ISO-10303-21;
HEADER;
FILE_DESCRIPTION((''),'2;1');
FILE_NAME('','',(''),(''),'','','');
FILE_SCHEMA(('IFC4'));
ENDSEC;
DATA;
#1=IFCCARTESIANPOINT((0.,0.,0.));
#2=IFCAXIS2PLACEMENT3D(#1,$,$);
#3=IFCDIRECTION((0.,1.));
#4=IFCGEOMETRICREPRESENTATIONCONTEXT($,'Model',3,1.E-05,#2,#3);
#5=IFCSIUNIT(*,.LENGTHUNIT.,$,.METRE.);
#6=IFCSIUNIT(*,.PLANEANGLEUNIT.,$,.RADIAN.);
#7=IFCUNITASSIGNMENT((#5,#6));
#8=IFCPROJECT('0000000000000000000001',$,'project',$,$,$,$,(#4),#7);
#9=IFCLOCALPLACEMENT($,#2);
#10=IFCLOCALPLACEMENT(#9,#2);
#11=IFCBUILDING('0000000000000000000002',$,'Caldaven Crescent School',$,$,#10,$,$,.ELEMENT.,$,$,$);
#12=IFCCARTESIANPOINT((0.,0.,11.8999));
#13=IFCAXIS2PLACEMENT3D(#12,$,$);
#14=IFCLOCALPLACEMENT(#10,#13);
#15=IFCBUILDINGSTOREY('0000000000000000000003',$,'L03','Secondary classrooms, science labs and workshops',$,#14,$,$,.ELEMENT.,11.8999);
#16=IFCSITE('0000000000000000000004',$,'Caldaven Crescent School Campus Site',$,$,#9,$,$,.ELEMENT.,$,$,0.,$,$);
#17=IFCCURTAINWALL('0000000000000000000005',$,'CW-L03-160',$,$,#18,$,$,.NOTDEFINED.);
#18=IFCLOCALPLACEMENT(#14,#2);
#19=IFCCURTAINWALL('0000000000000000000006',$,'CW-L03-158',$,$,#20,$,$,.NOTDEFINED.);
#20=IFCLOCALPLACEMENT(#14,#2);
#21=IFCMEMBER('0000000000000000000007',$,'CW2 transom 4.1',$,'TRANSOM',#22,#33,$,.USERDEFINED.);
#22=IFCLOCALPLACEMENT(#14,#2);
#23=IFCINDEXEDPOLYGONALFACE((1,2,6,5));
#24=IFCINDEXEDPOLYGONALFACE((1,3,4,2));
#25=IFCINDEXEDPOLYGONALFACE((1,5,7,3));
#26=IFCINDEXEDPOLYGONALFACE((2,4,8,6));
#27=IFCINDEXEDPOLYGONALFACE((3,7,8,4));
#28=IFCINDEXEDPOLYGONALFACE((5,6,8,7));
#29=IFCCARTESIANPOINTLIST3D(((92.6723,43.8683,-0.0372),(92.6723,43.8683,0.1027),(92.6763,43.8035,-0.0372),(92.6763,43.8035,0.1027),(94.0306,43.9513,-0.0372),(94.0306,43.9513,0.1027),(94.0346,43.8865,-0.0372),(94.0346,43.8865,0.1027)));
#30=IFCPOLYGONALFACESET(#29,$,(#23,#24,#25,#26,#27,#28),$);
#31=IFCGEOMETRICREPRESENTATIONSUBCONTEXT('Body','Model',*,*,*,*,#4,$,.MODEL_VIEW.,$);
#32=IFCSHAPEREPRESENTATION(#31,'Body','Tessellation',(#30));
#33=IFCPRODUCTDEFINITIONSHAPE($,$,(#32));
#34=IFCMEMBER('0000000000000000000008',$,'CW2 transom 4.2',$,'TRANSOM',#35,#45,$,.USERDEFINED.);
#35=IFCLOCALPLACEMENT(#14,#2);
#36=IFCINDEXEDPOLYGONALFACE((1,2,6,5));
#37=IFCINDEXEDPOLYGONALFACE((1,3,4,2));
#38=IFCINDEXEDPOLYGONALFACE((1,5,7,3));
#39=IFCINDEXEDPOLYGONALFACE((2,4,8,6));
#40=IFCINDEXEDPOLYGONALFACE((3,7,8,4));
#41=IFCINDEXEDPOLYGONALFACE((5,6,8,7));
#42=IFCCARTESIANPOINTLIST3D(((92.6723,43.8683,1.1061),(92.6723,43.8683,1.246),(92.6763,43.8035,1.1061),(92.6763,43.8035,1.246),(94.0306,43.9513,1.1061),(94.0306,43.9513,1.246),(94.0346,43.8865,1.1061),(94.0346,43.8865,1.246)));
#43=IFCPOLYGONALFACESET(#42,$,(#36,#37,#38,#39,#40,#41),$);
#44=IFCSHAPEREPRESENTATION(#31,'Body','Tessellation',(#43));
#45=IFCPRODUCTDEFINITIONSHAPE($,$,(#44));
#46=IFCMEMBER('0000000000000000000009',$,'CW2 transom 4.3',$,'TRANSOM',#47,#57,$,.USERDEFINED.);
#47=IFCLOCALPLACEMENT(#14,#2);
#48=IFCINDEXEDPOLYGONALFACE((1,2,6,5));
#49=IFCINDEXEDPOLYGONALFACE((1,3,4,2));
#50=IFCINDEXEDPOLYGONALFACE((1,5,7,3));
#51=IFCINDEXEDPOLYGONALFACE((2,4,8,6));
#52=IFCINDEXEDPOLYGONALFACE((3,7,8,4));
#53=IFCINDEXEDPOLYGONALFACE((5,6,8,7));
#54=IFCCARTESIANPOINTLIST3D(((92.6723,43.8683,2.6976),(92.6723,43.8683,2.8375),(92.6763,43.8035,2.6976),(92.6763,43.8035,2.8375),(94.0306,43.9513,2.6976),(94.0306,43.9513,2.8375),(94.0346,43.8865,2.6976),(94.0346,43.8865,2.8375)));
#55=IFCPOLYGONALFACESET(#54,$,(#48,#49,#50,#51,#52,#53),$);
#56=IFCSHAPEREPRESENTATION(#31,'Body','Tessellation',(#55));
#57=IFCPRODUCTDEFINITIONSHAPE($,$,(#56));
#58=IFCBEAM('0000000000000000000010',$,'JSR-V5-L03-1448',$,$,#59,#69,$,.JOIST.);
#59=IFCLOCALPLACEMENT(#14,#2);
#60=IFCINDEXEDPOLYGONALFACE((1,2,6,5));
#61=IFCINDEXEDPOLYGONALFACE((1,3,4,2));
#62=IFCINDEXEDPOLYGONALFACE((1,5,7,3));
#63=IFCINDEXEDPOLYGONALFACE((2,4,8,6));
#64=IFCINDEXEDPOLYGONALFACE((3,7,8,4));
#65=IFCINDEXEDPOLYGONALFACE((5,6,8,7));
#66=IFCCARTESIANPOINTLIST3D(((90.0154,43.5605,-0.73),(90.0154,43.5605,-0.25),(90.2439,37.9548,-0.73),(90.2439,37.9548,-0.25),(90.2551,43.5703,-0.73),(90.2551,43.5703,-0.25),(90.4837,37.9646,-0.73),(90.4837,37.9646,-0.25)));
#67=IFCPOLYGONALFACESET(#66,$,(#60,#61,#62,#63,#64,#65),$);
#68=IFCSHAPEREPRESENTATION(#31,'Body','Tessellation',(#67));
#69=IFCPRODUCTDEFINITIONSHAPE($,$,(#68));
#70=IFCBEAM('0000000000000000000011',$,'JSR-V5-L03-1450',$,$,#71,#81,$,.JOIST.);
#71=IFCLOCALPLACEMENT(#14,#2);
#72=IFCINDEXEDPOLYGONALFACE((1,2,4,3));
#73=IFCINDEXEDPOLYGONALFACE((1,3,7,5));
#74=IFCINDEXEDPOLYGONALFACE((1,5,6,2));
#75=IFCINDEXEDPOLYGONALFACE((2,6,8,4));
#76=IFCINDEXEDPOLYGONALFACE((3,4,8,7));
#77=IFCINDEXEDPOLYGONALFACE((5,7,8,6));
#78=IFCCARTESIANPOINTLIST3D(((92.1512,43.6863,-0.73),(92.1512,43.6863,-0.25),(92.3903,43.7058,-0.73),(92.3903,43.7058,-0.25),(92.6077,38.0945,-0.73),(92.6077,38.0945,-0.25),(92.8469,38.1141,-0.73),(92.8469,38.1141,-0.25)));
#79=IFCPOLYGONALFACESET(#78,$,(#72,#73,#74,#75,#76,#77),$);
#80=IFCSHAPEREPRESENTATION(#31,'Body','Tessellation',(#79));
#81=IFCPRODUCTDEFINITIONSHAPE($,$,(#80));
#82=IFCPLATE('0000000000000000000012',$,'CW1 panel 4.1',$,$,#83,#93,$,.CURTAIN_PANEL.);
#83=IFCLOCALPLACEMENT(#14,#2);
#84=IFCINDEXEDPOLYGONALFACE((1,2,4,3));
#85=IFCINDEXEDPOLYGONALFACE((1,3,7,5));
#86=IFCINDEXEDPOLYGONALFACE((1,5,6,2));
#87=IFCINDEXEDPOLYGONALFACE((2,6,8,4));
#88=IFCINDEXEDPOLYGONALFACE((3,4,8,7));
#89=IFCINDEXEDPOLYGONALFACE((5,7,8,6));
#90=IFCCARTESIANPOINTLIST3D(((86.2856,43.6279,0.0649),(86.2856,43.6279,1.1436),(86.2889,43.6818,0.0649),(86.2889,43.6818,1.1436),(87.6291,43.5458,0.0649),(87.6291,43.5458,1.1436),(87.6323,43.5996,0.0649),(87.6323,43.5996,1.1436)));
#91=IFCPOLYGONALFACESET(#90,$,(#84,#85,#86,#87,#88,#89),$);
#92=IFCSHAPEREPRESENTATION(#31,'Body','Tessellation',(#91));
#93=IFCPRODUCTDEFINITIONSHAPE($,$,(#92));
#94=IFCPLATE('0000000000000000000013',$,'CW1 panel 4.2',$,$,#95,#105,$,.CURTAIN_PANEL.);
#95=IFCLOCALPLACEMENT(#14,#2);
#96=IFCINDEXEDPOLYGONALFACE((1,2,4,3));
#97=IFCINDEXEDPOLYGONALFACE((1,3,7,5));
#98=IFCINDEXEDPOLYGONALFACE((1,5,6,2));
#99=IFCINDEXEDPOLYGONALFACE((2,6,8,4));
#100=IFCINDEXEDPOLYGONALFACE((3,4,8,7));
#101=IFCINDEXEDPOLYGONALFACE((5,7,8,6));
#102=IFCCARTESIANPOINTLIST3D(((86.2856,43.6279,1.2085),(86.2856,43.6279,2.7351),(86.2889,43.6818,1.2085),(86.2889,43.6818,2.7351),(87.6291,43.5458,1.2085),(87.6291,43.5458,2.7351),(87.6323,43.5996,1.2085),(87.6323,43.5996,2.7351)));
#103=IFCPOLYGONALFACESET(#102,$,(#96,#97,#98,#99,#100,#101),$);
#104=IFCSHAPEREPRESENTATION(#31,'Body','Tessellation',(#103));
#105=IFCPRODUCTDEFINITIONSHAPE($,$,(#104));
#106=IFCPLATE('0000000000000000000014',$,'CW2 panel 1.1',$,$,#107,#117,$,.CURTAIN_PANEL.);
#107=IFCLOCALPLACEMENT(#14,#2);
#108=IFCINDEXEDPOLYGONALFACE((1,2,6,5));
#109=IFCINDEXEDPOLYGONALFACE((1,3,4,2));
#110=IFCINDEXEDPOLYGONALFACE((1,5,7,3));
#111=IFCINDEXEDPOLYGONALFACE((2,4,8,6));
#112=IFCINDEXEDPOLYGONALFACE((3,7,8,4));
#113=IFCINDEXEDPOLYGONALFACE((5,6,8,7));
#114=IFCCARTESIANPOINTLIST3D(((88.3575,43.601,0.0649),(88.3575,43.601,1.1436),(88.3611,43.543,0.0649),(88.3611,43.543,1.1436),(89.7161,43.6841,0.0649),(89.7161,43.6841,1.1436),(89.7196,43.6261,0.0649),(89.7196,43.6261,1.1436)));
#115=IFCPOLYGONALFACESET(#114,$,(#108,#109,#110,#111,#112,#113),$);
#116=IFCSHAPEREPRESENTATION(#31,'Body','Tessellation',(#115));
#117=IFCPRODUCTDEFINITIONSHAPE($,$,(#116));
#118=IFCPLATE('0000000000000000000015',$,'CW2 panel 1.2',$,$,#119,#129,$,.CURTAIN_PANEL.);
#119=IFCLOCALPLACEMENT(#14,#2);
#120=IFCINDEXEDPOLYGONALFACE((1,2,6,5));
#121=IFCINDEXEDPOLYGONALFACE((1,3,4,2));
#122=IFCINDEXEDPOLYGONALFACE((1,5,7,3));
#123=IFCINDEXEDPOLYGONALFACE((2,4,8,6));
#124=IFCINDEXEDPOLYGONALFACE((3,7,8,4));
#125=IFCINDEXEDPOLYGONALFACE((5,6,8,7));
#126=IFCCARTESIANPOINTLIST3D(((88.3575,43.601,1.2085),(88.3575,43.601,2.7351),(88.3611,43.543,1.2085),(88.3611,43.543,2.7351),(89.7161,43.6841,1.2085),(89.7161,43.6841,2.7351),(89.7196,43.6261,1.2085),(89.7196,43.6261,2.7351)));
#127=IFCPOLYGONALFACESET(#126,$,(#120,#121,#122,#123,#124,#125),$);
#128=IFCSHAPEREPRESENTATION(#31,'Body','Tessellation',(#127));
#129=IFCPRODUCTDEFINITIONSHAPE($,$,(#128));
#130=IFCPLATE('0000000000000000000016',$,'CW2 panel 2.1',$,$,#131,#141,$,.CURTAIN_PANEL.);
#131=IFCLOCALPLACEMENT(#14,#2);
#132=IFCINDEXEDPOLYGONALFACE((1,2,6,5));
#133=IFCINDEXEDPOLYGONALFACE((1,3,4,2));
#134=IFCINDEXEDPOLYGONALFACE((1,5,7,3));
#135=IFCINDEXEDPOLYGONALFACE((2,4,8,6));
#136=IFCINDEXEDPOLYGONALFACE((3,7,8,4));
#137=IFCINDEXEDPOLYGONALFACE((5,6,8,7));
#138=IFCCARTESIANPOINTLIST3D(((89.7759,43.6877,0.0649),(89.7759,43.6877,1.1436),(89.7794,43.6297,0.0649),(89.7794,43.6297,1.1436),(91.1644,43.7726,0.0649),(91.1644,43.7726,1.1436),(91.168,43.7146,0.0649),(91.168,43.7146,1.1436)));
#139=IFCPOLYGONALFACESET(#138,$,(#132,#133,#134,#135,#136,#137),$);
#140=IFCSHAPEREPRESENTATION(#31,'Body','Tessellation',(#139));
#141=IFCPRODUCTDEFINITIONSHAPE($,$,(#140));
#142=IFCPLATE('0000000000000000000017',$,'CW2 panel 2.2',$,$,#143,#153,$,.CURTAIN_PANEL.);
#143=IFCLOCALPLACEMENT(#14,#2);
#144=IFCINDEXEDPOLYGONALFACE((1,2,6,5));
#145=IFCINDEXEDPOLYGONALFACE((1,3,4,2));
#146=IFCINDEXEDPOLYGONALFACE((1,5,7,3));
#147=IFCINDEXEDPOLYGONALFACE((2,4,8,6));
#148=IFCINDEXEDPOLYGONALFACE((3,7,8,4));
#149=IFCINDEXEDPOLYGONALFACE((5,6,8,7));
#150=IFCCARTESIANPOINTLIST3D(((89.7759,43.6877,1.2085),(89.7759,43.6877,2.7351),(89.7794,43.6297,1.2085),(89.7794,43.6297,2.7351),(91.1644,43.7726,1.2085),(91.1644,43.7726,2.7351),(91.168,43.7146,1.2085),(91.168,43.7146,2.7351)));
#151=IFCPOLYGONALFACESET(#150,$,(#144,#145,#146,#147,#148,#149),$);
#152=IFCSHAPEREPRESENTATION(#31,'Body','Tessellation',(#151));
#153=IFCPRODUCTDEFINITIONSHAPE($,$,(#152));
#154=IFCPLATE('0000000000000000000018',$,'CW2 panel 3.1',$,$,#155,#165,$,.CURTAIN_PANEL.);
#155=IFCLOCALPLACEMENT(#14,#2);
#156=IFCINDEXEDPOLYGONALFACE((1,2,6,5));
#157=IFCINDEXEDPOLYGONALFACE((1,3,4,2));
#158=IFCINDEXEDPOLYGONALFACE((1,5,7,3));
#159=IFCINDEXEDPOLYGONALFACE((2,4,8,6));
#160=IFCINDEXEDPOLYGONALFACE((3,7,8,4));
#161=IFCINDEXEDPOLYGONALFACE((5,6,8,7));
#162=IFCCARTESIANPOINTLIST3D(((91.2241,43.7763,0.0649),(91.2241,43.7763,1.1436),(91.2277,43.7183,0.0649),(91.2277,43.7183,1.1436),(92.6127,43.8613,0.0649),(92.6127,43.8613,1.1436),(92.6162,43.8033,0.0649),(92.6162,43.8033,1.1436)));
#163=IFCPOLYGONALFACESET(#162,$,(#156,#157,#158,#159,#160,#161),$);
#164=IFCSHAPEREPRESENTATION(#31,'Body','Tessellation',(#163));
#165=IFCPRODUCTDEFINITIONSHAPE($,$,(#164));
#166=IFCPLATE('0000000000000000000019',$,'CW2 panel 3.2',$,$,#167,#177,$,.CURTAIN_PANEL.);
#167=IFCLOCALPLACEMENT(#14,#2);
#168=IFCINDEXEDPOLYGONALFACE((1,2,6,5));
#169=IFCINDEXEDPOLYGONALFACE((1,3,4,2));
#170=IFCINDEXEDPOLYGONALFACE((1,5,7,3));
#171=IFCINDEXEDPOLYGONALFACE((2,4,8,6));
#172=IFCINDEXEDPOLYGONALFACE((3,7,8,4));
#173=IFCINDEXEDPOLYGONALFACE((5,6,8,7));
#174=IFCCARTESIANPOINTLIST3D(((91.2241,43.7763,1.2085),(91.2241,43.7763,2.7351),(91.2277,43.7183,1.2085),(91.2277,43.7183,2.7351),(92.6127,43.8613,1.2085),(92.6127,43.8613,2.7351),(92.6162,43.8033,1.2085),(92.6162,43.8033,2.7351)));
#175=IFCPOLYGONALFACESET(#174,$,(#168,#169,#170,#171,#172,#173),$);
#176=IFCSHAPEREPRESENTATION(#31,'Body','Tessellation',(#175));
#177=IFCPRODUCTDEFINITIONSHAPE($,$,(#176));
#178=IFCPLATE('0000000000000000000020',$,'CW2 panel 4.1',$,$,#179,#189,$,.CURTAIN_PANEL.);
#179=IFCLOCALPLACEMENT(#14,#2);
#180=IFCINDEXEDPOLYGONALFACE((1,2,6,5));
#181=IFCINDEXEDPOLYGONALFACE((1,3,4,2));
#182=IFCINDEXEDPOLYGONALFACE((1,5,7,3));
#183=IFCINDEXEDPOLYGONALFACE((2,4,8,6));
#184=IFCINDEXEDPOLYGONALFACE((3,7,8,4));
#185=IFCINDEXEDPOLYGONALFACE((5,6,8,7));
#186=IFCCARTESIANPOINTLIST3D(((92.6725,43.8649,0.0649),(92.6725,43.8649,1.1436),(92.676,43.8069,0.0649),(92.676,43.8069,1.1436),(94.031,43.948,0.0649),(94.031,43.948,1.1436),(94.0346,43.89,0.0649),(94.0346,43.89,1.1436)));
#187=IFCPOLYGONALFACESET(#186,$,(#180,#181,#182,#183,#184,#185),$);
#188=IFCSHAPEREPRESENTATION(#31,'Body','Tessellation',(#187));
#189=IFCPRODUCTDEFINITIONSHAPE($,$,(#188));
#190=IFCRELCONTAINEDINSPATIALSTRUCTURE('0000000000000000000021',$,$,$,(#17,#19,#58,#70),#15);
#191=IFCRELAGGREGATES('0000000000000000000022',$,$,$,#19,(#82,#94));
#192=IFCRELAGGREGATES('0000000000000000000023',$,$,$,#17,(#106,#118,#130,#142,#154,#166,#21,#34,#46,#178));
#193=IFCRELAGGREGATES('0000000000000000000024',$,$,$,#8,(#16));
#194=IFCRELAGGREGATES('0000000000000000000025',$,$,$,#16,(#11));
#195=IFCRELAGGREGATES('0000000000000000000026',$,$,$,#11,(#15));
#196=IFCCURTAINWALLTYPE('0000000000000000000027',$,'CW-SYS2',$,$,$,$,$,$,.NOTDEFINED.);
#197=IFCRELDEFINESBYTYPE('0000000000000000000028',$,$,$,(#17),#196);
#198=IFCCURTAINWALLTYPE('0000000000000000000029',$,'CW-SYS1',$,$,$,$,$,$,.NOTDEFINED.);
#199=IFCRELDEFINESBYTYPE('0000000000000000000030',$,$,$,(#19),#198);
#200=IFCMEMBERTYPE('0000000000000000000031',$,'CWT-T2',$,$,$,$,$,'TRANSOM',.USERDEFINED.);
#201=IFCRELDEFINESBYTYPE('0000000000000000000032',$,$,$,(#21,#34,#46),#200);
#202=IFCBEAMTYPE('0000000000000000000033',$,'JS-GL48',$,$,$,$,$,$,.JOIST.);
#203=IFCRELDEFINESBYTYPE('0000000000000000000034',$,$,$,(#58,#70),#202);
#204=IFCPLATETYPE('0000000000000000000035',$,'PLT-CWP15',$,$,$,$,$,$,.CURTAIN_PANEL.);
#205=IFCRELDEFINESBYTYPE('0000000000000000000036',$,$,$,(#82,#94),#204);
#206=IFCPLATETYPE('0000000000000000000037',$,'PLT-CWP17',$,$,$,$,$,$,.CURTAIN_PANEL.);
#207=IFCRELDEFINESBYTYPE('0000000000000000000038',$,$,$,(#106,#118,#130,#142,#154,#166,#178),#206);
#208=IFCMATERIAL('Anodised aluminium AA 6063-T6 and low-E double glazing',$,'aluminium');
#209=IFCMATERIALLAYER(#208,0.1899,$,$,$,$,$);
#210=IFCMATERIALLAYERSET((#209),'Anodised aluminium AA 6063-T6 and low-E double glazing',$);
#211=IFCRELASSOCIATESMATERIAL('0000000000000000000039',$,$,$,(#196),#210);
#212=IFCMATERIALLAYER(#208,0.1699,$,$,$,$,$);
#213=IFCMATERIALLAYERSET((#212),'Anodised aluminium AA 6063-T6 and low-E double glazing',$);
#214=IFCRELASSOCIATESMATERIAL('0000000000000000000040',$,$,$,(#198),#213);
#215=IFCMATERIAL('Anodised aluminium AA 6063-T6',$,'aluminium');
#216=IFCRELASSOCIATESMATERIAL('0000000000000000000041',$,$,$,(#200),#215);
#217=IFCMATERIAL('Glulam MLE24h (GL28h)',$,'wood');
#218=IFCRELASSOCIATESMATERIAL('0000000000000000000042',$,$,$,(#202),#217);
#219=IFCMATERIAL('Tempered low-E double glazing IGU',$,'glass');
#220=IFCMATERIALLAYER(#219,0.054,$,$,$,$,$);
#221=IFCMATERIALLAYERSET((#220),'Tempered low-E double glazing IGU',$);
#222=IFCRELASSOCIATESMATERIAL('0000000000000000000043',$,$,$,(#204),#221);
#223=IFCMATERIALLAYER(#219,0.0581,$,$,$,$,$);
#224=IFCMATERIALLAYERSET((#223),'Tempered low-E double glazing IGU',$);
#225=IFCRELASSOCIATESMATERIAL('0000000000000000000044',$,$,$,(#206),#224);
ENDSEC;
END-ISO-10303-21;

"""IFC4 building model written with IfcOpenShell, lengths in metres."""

from ifc_helpers import new_model, si_unit, direction, frame, origin, origin_2d, place, context, subcontext, project, spatial, rectangle, extrude, material, layer, layer_set, material_profile, profile_set, type_object, element, aggregate, save


model = new_model("IFC4")

# Units and contexts
model_context = context("Model", 3, precision=1e-05, world=origin(), true_north=direction((0.0, 1.0)))
body_context = subcontext(model_context, "Body", "Model", "MODEL_VIEW")
ifc_project = project(units=[si_unit("LENGTHUNIT", "METRE"), si_unit("PLANEANGLEUNIT", "RADIAN")], contexts=[model_context])

# Site, building, storey
site_placement = place(None, origin())
site = spatial("IfcSite", under=ifc_project, at=site_placement, Name="Caldaven Crescent School Campus Site", CompositionType="ELEMENT", RefElevation=0.0)
building_placement = place(site_placement, origin())
building = spatial("IfcBuilding", under=site, at=building_placement, Name="Caldaven Crescent School", CompositionType="ELEMENT")
storey_placement = place(building_placement, frame((0.0, 0.0, 11.8999)))
storey = spatial("IfcBuildingStorey", under=building, at=storey_placement, Name="L03", Description="Secondary classrooms, science labs and workshops", CompositionType="ELEMENT", Elevation=11.8999)

# Curtain wall
ifc_material_1 = material(Name="Anodised aluminium AA 6063-T6 and low-E double glazing", Category="aluminium")
ifc_layer_1 = layer(ifc_material_1, 0.1899)
ifc_layer_set_1 = layer_set([ifc_layer_1], Name="Anodised aluminium AA 6063-T6 and low-E double glazing")
curtain_wall_type_1 = type_object("IfcCurtainWallType", Name="CW-SYS2", PredefinedType="NOTDEFINED", material=ifc_layer_set_1)
curtain_wall_1_placement = place(storey_placement, origin())
curtain_wall_1 = element("IfcCurtainWall", 1, at=curtain_wall_1_placement, inside=storey, type_object=curtain_wall_type_1, Name="CW-L03-160", PredefinedType="NOTDEFINED")
ifc_material_2 = material(Name="Anodised aluminium AA 6063-T6", Category="aluminium")

# Curtain wall
ifc_layer_2 = layer(ifc_material_1, 0.1699)
ifc_layer_set_2 = layer_set([ifc_layer_2], Name="Anodised aluminium AA 6063-T6 and low-E double glazing")
curtain_wall_type_2 = type_object("IfcCurtainWallType", Name="CW-SYS1", PredefinedType="NOTDEFINED", material=ifc_layer_set_2)
curtain_wall_2_placement = place(storey_placement, origin())
curtain_wall_2 = element("IfcCurtainWall", 2, at=curtain_wall_2_placement, inside=storey, type_object=curtain_wall_type_2, Name="CW-L03-158", PredefinedType="NOTDEFINED")

# Members
ifc_material_profile_1 = material_profile(ifc_material_2, rectangle(XDim=0.0649, YDim=0.1399, at=origin_2d()), Name="CWT 65x140")
ifc_profile_set_1 = profile_set([ifc_material_profile_1], Name="Anodised aluminium AA 6063-T6")
member_type_1 = type_object("IfcMemberType", Name="CWT-T2", ElementType="TRANSOM", PredefinedType="USERDEFINED", material=ifc_profile_set_1)
member_1_placement = place(storey_placement, frame((92.6743, 43.8359, 0.0327), z_axis=(0.998138, 0.060993, 0.0), x_axis=(-0.060993, 0.998138, 0.0)))
member_1 = element("IfcMember", 3, at=member_1_placement, type_object=member_type_1, Name="CW2 transom 4.1", ObjectType="TRANSOM", PredefinedType="USERDEFINED", context=body_context, shape_type="SweptSolid", body=[
    extrude(rectangle(XDim=0.0649, YDim=0.1399, at=origin_2d()), origin(), (0.0, 0.0, 1.0), 1.3608),
])
member_2_placement = place(storey_placement, frame((92.6743, 43.8359, 1.176), z_axis=(0.998138, 0.060993, 0.0), x_axis=(-0.060993, 0.998138, 0.0)))
member_2 = element("IfcMember", 4, at=member_2_placement, type_object=member_type_1, Name="CW2 transom 4.2", ObjectType="TRANSOM", PredefinedType="USERDEFINED", context=body_context, shape_type="SweptSolid", body=[
    extrude(rectangle(XDim=0.0649, YDim=0.1399, at=origin_2d()), origin(), (0.0, 0.0, 1.0), 1.3608),
])
member_3_placement = place(storey_placement, frame((92.6743, 43.8359, 2.7676), z_axis=(0.998138, 0.060993, 0.0), x_axis=(-0.060993, 0.998138, 0.0)))
member_3 = element("IfcMember", 5, at=member_3_placement, type_object=member_type_1, Name="CW2 transom 4.3", ObjectType="TRANSOM", PredefinedType="USERDEFINED", context=body_context, shape_type="SweptSolid", body=[
    extrude(rectangle(XDim=0.0649, YDim=0.1399, at=origin_2d()), origin(), (0.0, 0.0, 1.0), 1.3608),
])

# Beams
ifc_material_3 = material(Name="Glulam MLE24h (GL28h)", Category="wood")
ifc_material_profile_2 = material_profile(ifc_material_3, rectangle(XDim=0.24, YDim=0.48, at=origin_2d()), Name="MLE 240x480")
ifc_profile_set_2 = profile_set([ifc_material_profile_2], Name="Glulam MLE24h (GL28h)")
beam_type = type_object("IfcBeamType", Name="JS-GL48", PredefinedType="JOIST", material=ifc_profile_set_2)
for number, where, z_axis, x_axis, name in (
    (6, (90.1353, 43.5654, -0.49), (0.040731, -0.99917, 0.0), (0.99917, 0.040731, 0.0), "JSR-V5-L03-1448"),
    (7, (92.2708, 43.696, -0.49), (0.081374, -0.996684, 0.0), (0.996684, 0.081374, 0.0), "JSR-V5-L03-1450"),
):
    element("IfcBeam", number, at=place(storey_placement, frame(where, z_axis=z_axis, x_axis=x_axis)), inside=storey, type_object=beam_type, Name=name, PredefinedType="JOIST", context=body_context, shape_type="SweptSolid", body=[
        extrude(rectangle(XDim=0.24, YDim=0.48, at=origin_2d()), origin(), (0.0, 0.0, 1.0), 5.6104),
    ])

# Plates
ifc_material_4 = material(Name="Tempered low-E double glazing IGU", Category="glass")
ifc_layer_3 = layer(ifc_material_4, 0.054)
ifc_layer_set_3 = layer_set([ifc_layer_3], Name="Tempered low-E double glazing IGU")
plate_type_1 = type_object("IfcPlateType", Name="PLT-CWP15", PredefinedType="CURTAIN_PANEL", material=ifc_layer_set_3)
plate_1_placement = place(storey_placement, frame((86.959, 43.6138, 0.0649), z_axis=(0.0, 0.0, 1.0), x_axis=(0.998135, -0.061049, 0.0)))
plate_1 = element("IfcPlate", 8, at=plate_1_placement, type_object=plate_type_1, Name="CW1 panel 4.1", PredefinedType="CURTAIN_PANEL", context=body_context, shape_type="SweptSolid", body=[
    extrude(rectangle(XDim=1.3459, YDim=0.054, at=origin_2d()), origin(), (0.0, 0.0, 1.0), 1.0786),
])
plate_2_placement = place(storey_placement, frame((86.959, 43.6138, 1.2085), z_axis=(0.0, 0.0, 1.0), x_axis=(0.998135, -0.061049, 0.0)))
plate_2 = element("IfcPlate", 9, at=plate_2_placement, type_object=plate_type_1, Name="CW1 panel 4.2", PredefinedType="CURTAIN_PANEL", context=body_context, shape_type="SweptSolid", body=[
    extrude(rectangle(XDim=1.3459, YDim=0.054, at=origin_2d()), origin(), (0.0, 0.0, 1.0), 1.5266),
])
aggregate(curtain_wall_2, [plate_1, plate_2])
ifc_layer_4 = layer(ifc_material_4, 0.0581)
ifc_layer_set_4 = layer_set([ifc_layer_4], Name="Tempered low-E double glazing IGU")
plate_type_2 = type_object("IfcPlateType", Name="PLT-CWP17", PredefinedType="CURTAIN_PANEL", material=ifc_layer_set_4)
plate_3_placement = place(storey_placement, frame((89.0386, 43.6135, 0.0649), z_axis=(0.0, 0.0, 1.0), x_axis=(0.998135, 0.061049, 0.0)))
plate_3 = element("IfcPlate", 10, at=plate_3_placement, type_object=plate_type_2, Name="CW2 panel 1.1", PredefinedType="CURTAIN_PANEL", context=body_context, shape_type="SweptSolid", body=[
    extrude(rectangle(XDim=1.3611, YDim=0.0581, at=origin_2d()), origin(), (0.0, 0.0, 1.0), 1.0786),
])
plate_4_placement = place(storey_placement, frame((89.0386, 43.6135, 1.2085), z_axis=(0.0, 0.0, 1.0), x_axis=(0.998135, 0.061049, 0.0)))
plate_4 = element("IfcPlate", 11, at=plate_4_placement, type_object=plate_type_2, Name="CW2 panel 1.2", PredefinedType="CURTAIN_PANEL", context=body_context, shape_type="SweptSolid", body=[
    extrude(rectangle(XDim=1.3611, YDim=0.0581, at=origin_2d()), origin(), (0.0, 0.0, 1.0), 1.5266),
])
plate_5_placement = place(storey_placement, frame((90.4719, 43.7012, 0.0649), z_axis=(0.0, 0.0, 1.0), x_axis=(0.998135, 0.061049, 0.0)))
plate_5 = element("IfcPlate", 12, at=plate_5_placement, type_object=plate_type_2, Name="CW2 panel 2.1", PredefinedType="CURTAIN_PANEL", context=body_context, shape_type="SweptSolid", body=[
    extrude(rectangle(XDim=1.3911, YDim=0.0581, at=origin_2d()), origin(), (0.0, 0.0, 1.0), 1.0786),
])
plate_6_placement = place(storey_placement, frame((90.4719, 43.7012, 1.2085), z_axis=(0.0, 0.0, 1.0), x_axis=(0.998135, 0.061049, 0.0)))
plate_6 = element("IfcPlate", 13, at=plate_6_placement, type_object=plate_type_2, Name="CW2 panel 2.2", PredefinedType="CURTAIN_PANEL", context=body_context, shape_type="SweptSolid", body=[
    extrude(rectangle(XDim=1.3911, YDim=0.0581, at=origin_2d()), origin(), (0.0, 0.0, 1.0), 1.5266),
])
plate_7_placement = place(storey_placement, frame((91.9202, 43.7898, 0.0649), z_axis=(0.0, 0.0, 1.0), x_axis=(0.998135, 0.061049, 0.0)))
plate_7 = element("IfcPlate", 14, at=plate_7_placement, type_object=plate_type_2, Name="CW2 panel 3.1", PredefinedType="CURTAIN_PANEL", context=body_context, shape_type="SweptSolid", body=[
    extrude(rectangle(XDim=1.3911, YDim=0.0581, at=origin_2d()), origin(), (0.0, 0.0, 1.0), 1.0786),
])
plate_8_placement = place(storey_placement, frame((91.9202, 43.7898, 1.2085), z_axis=(0.0, 0.0, 1.0), x_axis=(0.998135, 0.061049, 0.0)))
plate_8 = element("IfcPlate", 15, at=plate_8_placement, type_object=plate_type_2, Name="CW2 panel 3.2", PredefinedType="CURTAIN_PANEL", context=body_context, shape_type="SweptSolid", body=[
    extrude(rectangle(XDim=1.3911, YDim=0.0581, at=origin_2d()), origin(), (0.0, 0.0, 1.0), 1.5266),
])
plate_9_placement = place(storey_placement, frame((93.3535, 43.8774, 0.0649), z_axis=(0.0, 0.0, 1.0), x_axis=(0.998135, 0.061049, 0.0)))
plate_9 = element("IfcPlate", 16, at=plate_9_placement, type_object=plate_type_2, Name="CW2 panel 4.1", PredefinedType="CURTAIN_PANEL", context=body_context, shape_type="SweptSolid", body=[
    extrude(rectangle(XDim=1.3611, YDim=0.0581, at=origin_2d()), origin(), (0.0, 0.0, 1.0), 1.0786),
])
aggregate(curtain_wall_1, [plate_3, plate_4, plate_5, plate_6, plate_7, plate_8, member_1, member_2, member_3, plate_9])

save(model, "model.ifc")
